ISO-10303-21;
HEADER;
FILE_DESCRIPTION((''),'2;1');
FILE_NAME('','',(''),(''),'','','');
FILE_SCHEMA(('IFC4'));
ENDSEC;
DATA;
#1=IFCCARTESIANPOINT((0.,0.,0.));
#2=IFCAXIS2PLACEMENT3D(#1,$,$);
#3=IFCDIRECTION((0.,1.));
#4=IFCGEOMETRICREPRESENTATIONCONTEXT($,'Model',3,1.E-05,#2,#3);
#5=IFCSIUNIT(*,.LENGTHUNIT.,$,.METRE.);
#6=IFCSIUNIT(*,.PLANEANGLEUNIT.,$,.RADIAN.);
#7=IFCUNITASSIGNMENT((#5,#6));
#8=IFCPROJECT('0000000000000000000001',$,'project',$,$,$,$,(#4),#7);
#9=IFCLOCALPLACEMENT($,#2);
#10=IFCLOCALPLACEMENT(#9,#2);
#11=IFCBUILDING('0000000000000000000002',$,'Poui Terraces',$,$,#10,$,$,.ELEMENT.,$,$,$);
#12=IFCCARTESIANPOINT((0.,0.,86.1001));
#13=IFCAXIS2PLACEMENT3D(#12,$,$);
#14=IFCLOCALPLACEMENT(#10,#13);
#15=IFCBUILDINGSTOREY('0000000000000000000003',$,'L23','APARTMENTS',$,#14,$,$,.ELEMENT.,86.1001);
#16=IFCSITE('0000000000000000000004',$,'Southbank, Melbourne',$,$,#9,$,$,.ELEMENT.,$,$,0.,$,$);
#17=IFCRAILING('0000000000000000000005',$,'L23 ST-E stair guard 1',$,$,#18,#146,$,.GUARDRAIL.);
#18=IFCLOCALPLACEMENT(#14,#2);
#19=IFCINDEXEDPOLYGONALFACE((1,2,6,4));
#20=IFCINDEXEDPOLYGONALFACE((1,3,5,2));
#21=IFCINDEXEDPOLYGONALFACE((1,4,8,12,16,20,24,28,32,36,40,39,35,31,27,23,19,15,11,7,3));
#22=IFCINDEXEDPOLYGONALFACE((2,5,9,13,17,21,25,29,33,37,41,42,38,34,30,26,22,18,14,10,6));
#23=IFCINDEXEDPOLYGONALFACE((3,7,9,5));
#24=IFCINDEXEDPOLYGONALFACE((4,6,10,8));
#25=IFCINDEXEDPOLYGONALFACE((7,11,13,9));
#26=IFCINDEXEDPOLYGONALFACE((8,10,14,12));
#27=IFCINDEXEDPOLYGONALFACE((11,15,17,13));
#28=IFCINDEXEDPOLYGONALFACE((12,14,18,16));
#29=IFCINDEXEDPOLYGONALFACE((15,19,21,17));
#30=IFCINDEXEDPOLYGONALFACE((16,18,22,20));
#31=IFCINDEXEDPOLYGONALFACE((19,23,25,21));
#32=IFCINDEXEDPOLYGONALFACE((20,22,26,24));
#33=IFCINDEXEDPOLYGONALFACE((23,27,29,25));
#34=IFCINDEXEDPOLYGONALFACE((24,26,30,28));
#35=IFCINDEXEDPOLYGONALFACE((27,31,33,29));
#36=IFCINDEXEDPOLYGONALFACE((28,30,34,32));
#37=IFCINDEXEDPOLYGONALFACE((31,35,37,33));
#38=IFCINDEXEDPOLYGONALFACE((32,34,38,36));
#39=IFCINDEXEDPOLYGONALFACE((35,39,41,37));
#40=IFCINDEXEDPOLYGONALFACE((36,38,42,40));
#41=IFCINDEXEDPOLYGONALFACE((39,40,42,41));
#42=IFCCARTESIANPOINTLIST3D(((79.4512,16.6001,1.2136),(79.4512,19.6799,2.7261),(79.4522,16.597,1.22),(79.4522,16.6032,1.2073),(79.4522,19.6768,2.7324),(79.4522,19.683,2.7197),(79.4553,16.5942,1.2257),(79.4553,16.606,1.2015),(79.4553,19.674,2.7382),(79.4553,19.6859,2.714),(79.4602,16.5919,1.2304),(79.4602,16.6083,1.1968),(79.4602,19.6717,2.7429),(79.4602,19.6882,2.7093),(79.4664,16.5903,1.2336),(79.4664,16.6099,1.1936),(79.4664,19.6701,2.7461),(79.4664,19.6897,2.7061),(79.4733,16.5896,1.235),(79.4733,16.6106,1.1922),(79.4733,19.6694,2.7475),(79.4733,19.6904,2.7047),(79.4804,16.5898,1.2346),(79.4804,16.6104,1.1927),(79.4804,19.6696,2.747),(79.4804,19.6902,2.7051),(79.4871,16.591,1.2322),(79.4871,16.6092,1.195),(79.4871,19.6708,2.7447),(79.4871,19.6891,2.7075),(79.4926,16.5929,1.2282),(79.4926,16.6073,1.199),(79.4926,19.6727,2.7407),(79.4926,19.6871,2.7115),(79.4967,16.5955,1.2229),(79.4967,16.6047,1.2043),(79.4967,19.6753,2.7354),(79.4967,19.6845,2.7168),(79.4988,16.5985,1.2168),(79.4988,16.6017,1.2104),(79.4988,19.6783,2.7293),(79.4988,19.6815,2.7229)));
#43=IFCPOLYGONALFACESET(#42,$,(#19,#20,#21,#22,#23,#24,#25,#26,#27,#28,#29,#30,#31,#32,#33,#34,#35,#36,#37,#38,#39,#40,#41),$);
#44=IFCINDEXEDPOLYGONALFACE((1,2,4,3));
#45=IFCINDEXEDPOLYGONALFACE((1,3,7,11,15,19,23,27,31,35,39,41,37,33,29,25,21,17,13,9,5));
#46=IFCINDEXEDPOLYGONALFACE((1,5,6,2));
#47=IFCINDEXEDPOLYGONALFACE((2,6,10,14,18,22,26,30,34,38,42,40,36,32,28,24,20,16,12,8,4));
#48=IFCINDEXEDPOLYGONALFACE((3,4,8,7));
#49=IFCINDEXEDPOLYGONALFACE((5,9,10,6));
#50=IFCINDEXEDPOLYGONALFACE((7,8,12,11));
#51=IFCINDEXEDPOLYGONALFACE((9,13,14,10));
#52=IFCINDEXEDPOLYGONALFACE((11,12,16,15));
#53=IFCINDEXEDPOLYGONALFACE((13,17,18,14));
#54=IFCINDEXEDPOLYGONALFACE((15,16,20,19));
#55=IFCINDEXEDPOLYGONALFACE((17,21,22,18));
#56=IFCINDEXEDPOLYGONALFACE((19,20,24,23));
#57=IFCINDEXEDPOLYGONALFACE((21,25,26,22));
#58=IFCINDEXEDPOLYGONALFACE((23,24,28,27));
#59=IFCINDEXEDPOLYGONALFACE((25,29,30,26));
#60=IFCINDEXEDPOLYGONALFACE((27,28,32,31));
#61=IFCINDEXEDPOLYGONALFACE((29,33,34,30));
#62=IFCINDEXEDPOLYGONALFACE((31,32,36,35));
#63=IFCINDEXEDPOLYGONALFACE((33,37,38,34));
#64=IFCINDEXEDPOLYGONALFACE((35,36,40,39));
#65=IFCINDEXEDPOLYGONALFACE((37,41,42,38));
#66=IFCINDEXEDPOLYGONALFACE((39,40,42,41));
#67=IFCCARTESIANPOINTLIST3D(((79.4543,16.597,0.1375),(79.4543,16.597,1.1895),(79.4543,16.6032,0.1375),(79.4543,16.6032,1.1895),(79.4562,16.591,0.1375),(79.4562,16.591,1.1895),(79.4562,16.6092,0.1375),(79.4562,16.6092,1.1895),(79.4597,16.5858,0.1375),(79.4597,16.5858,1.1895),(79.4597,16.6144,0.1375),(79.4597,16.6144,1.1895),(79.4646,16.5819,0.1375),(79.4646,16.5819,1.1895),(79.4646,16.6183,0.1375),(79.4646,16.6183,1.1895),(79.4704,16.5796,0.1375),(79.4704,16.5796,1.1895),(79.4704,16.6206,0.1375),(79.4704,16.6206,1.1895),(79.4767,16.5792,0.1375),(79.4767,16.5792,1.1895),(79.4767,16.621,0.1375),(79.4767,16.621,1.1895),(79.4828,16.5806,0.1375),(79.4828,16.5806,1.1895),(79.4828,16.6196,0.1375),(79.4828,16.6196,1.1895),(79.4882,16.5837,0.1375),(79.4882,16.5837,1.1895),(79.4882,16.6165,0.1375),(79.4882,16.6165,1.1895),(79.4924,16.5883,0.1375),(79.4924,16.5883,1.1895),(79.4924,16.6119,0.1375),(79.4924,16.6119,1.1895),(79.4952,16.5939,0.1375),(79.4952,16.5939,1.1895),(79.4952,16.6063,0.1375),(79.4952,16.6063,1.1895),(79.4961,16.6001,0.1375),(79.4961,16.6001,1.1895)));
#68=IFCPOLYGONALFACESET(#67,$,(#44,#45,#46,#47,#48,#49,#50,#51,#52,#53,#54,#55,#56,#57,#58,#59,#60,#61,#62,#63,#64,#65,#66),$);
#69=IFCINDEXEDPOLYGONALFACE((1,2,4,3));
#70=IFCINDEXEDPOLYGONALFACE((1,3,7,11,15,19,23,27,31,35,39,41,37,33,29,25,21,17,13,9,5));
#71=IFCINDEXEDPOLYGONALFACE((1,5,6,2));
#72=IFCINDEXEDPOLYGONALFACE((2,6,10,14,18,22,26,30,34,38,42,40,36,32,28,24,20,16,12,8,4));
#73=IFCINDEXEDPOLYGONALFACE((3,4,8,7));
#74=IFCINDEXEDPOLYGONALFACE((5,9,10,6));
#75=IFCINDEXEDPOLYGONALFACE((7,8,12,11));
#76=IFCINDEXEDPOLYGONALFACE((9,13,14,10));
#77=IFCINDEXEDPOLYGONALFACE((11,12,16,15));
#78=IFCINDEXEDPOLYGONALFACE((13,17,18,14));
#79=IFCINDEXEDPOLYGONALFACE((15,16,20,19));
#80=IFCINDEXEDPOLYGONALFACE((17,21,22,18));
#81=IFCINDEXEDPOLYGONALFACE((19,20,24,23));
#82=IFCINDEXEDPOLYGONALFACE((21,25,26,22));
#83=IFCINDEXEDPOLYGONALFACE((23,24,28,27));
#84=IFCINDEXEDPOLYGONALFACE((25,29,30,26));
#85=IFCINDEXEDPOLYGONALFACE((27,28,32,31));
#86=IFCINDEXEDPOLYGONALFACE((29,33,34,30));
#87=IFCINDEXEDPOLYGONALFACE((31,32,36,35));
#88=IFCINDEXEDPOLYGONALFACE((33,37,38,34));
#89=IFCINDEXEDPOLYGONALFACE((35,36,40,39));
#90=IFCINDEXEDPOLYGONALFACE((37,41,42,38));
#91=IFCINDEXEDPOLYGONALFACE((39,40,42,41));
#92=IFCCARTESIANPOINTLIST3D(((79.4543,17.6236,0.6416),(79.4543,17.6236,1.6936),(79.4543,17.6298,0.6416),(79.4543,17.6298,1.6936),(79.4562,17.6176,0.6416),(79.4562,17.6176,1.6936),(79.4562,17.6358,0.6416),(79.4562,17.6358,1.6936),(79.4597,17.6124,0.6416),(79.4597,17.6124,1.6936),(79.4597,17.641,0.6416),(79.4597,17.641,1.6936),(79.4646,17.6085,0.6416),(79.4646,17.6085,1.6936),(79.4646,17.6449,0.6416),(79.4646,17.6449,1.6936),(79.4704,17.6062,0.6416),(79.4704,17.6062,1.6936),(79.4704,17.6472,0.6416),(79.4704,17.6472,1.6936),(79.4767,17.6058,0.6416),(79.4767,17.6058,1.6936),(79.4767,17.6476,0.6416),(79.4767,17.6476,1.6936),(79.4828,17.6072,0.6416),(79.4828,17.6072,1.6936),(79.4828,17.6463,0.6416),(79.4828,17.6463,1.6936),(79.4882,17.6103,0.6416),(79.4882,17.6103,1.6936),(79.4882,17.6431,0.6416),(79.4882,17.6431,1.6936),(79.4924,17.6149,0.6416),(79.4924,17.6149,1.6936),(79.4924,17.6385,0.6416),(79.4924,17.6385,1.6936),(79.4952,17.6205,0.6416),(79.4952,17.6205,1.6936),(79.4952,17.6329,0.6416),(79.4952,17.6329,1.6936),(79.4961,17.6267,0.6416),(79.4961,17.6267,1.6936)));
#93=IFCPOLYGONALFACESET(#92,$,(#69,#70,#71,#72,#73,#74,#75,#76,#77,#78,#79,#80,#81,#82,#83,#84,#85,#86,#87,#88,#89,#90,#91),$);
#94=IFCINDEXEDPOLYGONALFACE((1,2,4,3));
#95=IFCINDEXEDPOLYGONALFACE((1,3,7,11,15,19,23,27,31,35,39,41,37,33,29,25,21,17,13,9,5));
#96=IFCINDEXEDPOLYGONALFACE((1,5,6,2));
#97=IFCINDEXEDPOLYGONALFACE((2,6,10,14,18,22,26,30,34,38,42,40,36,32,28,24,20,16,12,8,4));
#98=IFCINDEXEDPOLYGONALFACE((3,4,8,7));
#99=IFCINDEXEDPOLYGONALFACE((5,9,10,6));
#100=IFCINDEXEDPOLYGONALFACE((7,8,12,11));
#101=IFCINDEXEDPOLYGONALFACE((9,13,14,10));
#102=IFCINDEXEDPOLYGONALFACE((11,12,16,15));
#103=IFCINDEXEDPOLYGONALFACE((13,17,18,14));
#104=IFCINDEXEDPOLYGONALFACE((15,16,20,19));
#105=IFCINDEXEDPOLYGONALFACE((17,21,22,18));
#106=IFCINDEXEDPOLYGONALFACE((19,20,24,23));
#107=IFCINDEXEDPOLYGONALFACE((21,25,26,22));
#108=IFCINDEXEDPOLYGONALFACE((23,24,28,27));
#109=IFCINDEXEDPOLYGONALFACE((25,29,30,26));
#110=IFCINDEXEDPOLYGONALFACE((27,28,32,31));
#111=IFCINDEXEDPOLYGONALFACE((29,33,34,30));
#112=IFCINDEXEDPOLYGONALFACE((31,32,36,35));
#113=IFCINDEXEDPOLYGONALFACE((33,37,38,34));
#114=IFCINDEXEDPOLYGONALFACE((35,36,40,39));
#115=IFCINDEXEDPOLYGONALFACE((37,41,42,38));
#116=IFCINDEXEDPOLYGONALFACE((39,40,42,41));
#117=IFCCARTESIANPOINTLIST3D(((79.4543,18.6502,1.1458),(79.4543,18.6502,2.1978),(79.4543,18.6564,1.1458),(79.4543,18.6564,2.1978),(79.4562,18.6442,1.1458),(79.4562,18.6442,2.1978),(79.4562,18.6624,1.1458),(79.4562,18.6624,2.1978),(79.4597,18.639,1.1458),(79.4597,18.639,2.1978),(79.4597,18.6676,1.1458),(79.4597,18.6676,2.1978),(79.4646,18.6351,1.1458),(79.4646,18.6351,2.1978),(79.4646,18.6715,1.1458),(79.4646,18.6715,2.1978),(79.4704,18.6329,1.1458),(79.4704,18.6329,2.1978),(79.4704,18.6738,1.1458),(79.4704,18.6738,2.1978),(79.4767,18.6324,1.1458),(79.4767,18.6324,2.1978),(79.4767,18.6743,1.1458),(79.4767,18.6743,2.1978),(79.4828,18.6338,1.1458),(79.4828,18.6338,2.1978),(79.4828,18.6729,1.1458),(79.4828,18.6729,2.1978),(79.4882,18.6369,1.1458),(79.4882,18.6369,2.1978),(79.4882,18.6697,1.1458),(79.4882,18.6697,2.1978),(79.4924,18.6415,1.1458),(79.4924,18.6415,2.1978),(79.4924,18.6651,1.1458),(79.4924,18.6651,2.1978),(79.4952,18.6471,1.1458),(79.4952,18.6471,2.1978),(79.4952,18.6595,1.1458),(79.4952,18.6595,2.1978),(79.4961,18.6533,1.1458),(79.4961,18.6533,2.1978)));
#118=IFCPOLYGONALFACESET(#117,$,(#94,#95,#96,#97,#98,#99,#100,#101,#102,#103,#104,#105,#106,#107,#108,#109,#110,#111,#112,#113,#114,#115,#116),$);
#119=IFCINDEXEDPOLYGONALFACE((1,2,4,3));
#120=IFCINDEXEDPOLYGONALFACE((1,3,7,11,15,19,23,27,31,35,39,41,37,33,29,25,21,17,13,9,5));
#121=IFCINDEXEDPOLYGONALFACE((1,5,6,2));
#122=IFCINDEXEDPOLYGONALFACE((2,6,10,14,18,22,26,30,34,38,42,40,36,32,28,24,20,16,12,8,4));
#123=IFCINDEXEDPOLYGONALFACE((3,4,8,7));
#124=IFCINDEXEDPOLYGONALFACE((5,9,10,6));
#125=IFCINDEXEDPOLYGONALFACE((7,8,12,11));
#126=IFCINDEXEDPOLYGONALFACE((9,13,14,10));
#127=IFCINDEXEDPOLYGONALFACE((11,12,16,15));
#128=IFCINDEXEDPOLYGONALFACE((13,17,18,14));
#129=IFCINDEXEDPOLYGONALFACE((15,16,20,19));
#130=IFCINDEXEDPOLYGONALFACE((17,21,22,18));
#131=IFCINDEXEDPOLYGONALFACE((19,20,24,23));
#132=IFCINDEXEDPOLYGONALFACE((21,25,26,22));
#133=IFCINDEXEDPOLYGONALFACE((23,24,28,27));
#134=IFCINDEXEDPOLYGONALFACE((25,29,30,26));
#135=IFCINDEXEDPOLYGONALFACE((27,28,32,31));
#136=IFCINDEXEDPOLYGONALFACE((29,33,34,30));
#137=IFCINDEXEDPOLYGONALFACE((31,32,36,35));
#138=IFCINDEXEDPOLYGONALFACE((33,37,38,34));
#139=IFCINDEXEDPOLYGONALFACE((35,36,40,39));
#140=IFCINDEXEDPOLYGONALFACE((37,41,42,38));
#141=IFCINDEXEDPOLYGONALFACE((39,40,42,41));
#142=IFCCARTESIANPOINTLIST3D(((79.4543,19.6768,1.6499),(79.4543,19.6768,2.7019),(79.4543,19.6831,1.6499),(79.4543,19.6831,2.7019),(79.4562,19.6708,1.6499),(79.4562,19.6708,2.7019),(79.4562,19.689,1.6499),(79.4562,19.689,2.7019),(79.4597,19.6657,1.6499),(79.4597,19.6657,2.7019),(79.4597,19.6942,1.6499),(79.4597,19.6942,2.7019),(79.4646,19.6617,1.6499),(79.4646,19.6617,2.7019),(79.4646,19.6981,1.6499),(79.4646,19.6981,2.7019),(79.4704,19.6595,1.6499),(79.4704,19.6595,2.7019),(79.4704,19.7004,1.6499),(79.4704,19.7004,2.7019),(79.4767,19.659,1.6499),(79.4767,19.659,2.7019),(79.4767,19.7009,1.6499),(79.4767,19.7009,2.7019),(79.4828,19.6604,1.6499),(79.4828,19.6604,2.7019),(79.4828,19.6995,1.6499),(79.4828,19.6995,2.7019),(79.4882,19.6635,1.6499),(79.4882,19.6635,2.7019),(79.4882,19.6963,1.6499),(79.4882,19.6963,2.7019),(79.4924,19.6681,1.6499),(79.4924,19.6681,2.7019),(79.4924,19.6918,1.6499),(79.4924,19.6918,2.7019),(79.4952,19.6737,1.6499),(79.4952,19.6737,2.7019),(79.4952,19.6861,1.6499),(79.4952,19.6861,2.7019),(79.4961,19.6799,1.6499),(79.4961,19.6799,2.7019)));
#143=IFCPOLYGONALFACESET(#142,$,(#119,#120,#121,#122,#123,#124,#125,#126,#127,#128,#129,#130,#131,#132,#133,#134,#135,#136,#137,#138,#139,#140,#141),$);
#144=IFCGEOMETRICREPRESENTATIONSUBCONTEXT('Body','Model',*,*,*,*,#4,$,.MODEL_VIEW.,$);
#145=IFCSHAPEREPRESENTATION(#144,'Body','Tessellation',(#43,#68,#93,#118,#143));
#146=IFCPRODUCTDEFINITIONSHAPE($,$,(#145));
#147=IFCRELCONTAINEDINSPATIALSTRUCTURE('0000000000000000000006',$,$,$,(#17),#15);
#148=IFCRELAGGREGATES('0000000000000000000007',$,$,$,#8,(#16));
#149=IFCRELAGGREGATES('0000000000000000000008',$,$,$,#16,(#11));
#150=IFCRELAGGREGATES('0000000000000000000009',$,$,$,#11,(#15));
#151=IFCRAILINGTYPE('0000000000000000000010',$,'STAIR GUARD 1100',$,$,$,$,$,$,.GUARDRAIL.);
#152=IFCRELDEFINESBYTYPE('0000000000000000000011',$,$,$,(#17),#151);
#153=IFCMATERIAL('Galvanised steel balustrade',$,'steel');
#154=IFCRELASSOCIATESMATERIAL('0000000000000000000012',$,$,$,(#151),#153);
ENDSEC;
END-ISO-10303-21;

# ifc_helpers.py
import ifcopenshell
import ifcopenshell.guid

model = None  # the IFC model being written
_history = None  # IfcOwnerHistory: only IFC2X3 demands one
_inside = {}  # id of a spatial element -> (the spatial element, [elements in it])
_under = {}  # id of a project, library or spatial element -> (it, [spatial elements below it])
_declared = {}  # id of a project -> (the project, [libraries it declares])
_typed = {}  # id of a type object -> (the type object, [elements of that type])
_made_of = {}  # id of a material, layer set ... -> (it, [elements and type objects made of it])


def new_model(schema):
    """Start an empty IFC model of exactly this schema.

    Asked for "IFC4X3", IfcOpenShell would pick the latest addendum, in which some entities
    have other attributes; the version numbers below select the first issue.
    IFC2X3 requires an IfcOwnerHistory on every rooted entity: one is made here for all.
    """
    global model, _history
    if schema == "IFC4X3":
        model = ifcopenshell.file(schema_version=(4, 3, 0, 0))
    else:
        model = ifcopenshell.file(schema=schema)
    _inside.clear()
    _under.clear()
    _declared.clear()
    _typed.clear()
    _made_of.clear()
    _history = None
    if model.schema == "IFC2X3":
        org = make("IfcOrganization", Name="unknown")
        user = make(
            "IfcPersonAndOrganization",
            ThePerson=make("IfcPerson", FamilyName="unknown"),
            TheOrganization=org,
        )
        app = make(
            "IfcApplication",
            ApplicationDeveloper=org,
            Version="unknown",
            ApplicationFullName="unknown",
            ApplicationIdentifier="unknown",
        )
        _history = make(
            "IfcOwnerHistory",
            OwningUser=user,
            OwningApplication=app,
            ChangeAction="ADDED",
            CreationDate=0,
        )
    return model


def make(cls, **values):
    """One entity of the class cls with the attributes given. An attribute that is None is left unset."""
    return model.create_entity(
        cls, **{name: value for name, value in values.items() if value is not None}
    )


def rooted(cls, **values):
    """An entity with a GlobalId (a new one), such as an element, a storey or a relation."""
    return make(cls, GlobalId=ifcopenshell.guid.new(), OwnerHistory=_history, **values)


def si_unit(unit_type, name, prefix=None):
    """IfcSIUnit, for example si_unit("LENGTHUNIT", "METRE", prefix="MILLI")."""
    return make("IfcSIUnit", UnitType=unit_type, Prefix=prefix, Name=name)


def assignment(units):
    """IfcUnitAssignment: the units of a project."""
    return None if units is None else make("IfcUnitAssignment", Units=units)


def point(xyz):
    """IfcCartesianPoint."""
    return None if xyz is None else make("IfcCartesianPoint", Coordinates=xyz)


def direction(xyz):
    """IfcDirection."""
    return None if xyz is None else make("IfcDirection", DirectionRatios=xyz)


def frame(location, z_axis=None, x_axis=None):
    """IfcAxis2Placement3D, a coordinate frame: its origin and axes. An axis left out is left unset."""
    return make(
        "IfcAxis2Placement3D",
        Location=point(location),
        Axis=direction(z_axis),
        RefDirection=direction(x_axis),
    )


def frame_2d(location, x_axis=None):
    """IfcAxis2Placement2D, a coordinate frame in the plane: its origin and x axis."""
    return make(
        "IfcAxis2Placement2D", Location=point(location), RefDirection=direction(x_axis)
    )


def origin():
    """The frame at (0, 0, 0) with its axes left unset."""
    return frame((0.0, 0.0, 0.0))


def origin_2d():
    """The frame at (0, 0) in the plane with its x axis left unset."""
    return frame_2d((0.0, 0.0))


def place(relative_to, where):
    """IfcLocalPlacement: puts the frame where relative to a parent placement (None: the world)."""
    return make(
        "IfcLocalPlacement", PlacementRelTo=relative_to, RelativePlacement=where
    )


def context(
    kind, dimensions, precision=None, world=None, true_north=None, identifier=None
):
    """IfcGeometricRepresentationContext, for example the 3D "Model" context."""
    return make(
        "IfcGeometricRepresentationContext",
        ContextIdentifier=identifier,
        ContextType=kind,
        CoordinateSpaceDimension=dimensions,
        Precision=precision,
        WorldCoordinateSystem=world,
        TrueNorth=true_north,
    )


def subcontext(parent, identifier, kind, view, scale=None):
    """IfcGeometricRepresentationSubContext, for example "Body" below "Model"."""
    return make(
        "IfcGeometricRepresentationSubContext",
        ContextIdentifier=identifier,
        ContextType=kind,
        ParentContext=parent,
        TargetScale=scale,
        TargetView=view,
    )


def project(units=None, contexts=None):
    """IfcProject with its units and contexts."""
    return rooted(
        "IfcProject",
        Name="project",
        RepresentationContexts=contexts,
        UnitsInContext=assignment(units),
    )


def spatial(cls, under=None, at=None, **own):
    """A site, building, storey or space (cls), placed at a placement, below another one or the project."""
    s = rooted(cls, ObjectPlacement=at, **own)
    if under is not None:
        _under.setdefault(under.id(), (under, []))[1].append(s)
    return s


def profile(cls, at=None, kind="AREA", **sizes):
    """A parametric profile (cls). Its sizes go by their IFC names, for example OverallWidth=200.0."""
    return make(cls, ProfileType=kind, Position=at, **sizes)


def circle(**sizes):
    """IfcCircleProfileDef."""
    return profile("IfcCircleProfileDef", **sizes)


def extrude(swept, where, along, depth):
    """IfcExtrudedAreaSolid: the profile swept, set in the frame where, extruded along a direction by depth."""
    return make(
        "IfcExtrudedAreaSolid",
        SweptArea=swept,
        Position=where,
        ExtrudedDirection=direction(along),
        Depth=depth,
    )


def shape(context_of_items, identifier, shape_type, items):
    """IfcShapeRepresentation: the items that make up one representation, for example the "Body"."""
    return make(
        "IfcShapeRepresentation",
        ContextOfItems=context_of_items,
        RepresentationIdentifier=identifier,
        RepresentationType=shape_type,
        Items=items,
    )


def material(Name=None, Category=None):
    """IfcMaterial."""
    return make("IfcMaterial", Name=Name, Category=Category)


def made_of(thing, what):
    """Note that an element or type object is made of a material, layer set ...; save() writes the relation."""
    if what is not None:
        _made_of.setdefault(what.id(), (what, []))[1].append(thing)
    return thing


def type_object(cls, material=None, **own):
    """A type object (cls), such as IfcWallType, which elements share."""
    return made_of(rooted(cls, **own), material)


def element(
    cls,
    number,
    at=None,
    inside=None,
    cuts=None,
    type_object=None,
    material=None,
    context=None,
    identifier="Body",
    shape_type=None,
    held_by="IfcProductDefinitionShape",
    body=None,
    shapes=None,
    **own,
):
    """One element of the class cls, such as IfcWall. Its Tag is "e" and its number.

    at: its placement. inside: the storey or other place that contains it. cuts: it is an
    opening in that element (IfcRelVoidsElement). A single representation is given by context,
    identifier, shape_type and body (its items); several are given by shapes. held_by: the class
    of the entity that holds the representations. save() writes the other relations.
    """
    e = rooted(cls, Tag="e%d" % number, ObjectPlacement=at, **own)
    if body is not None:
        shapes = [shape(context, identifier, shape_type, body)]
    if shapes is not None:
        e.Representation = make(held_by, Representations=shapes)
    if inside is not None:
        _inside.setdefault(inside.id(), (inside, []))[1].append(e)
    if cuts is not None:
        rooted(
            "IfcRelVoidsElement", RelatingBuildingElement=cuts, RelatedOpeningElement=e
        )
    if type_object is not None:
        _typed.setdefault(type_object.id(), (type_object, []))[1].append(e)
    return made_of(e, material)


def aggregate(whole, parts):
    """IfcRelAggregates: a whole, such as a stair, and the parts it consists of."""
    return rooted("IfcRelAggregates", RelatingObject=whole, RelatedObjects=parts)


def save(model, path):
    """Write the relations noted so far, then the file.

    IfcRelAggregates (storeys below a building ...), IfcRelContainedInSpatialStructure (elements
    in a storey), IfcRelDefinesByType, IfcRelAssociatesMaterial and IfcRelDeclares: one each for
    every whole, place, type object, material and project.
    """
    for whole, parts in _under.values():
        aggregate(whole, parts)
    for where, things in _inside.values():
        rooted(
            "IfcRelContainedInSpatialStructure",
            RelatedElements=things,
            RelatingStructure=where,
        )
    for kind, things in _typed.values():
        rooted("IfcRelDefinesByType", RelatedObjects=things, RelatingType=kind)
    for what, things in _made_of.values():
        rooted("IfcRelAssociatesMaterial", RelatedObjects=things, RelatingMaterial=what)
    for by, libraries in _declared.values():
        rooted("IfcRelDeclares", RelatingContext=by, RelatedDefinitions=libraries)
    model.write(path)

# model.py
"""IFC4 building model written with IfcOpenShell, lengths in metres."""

from ifc_helpers import new_model, si_unit, direction, frame, origin, origin_2d, place, context, subcontext, project, spatial, circle, extrude, material, type_object, element, save


model = new_model("IFC4")

# Units and contexts
model_context = context("Model", 3, precision=1e-05, world=origin(), true_north=direction((0.0, 1.0)))
body_context = subcontext(model_context, "Body", "Model", "MODEL_VIEW")
ifc_project = project(units=[si_unit("LENGTHUNIT", "METRE"), si_unit("PLANEANGLEUNIT", "RADIAN")], contexts=[model_context])

# Site, building, storey
site_placement = place(None, origin())
site = spatial("IfcSite", under=ifc_project, at=site_placement, Name="Southbank, Melbourne", CompositionType="ELEMENT", RefElevation=0.0)
building_placement = place(site_placement, origin())
building = spatial("IfcBuilding", under=site, at=building_placement, Name="Poui Terraces", CompositionType="ELEMENT")
storey_placement = place(building_placement, frame((0.0, 0.0, 86.1001)))
storey = spatial("IfcBuildingStorey", under=building, at=storey_placement, Name="L23", Description="APARTMENTS", CompositionType="ELEMENT", Elevation=86.1001)

# Railing
ifc_material_1 = material(Name="Galvanised steel balustrade", Category="steel")
railing_type_1 = type_object("IfcRailingType", Name="STAIR GUARD 1100", PredefinedType="GUARDRAIL", material=ifc_material_1)
railing_1_placement = place(storey_placement, frame((79.4751, 16.6001, 0.1375)))
element("IfcRailing", 1, at=railing_1_placement, inside=storey, type_object=railing_type_1, Name="L23 ST-E stair guard 1", PredefinedType="GUARDRAIL", context=body_context, shape_type="SweptSolid", body=[
    extrude(circle(Radius=0.0239, at=origin_2d()), frame((0.0, 0.0, 1.0762), z_axis=(0.0, 0.897606, 0.440798), x_axis=(-1.0, 0.0, 0.0)), (0.0, 0.0, 1.0), 3.4312),
    extrude(circle(Radius=0.021, at=origin_2d()), origin(), (0.0, 0.0, 1.0), 1.052),
    extrude(circle(Radius=0.021, at=origin_2d()), frame((0.0, 1.0266, 0.5042)), (0.0, 0.0, 1.0), 1.052),
    extrude(circle(Radius=0.021, at=origin_2d()), frame((0.0, 2.0532, 1.0083)), (0.0, 0.0, 1.0), 1.052),
    extrude(circle(Radius=0.021, at=origin_2d()), frame((0.0, 3.0798, 1.5125)), (0.0, 0.0, 1.0), 1.052),
])

save(model, "model.ifc")
